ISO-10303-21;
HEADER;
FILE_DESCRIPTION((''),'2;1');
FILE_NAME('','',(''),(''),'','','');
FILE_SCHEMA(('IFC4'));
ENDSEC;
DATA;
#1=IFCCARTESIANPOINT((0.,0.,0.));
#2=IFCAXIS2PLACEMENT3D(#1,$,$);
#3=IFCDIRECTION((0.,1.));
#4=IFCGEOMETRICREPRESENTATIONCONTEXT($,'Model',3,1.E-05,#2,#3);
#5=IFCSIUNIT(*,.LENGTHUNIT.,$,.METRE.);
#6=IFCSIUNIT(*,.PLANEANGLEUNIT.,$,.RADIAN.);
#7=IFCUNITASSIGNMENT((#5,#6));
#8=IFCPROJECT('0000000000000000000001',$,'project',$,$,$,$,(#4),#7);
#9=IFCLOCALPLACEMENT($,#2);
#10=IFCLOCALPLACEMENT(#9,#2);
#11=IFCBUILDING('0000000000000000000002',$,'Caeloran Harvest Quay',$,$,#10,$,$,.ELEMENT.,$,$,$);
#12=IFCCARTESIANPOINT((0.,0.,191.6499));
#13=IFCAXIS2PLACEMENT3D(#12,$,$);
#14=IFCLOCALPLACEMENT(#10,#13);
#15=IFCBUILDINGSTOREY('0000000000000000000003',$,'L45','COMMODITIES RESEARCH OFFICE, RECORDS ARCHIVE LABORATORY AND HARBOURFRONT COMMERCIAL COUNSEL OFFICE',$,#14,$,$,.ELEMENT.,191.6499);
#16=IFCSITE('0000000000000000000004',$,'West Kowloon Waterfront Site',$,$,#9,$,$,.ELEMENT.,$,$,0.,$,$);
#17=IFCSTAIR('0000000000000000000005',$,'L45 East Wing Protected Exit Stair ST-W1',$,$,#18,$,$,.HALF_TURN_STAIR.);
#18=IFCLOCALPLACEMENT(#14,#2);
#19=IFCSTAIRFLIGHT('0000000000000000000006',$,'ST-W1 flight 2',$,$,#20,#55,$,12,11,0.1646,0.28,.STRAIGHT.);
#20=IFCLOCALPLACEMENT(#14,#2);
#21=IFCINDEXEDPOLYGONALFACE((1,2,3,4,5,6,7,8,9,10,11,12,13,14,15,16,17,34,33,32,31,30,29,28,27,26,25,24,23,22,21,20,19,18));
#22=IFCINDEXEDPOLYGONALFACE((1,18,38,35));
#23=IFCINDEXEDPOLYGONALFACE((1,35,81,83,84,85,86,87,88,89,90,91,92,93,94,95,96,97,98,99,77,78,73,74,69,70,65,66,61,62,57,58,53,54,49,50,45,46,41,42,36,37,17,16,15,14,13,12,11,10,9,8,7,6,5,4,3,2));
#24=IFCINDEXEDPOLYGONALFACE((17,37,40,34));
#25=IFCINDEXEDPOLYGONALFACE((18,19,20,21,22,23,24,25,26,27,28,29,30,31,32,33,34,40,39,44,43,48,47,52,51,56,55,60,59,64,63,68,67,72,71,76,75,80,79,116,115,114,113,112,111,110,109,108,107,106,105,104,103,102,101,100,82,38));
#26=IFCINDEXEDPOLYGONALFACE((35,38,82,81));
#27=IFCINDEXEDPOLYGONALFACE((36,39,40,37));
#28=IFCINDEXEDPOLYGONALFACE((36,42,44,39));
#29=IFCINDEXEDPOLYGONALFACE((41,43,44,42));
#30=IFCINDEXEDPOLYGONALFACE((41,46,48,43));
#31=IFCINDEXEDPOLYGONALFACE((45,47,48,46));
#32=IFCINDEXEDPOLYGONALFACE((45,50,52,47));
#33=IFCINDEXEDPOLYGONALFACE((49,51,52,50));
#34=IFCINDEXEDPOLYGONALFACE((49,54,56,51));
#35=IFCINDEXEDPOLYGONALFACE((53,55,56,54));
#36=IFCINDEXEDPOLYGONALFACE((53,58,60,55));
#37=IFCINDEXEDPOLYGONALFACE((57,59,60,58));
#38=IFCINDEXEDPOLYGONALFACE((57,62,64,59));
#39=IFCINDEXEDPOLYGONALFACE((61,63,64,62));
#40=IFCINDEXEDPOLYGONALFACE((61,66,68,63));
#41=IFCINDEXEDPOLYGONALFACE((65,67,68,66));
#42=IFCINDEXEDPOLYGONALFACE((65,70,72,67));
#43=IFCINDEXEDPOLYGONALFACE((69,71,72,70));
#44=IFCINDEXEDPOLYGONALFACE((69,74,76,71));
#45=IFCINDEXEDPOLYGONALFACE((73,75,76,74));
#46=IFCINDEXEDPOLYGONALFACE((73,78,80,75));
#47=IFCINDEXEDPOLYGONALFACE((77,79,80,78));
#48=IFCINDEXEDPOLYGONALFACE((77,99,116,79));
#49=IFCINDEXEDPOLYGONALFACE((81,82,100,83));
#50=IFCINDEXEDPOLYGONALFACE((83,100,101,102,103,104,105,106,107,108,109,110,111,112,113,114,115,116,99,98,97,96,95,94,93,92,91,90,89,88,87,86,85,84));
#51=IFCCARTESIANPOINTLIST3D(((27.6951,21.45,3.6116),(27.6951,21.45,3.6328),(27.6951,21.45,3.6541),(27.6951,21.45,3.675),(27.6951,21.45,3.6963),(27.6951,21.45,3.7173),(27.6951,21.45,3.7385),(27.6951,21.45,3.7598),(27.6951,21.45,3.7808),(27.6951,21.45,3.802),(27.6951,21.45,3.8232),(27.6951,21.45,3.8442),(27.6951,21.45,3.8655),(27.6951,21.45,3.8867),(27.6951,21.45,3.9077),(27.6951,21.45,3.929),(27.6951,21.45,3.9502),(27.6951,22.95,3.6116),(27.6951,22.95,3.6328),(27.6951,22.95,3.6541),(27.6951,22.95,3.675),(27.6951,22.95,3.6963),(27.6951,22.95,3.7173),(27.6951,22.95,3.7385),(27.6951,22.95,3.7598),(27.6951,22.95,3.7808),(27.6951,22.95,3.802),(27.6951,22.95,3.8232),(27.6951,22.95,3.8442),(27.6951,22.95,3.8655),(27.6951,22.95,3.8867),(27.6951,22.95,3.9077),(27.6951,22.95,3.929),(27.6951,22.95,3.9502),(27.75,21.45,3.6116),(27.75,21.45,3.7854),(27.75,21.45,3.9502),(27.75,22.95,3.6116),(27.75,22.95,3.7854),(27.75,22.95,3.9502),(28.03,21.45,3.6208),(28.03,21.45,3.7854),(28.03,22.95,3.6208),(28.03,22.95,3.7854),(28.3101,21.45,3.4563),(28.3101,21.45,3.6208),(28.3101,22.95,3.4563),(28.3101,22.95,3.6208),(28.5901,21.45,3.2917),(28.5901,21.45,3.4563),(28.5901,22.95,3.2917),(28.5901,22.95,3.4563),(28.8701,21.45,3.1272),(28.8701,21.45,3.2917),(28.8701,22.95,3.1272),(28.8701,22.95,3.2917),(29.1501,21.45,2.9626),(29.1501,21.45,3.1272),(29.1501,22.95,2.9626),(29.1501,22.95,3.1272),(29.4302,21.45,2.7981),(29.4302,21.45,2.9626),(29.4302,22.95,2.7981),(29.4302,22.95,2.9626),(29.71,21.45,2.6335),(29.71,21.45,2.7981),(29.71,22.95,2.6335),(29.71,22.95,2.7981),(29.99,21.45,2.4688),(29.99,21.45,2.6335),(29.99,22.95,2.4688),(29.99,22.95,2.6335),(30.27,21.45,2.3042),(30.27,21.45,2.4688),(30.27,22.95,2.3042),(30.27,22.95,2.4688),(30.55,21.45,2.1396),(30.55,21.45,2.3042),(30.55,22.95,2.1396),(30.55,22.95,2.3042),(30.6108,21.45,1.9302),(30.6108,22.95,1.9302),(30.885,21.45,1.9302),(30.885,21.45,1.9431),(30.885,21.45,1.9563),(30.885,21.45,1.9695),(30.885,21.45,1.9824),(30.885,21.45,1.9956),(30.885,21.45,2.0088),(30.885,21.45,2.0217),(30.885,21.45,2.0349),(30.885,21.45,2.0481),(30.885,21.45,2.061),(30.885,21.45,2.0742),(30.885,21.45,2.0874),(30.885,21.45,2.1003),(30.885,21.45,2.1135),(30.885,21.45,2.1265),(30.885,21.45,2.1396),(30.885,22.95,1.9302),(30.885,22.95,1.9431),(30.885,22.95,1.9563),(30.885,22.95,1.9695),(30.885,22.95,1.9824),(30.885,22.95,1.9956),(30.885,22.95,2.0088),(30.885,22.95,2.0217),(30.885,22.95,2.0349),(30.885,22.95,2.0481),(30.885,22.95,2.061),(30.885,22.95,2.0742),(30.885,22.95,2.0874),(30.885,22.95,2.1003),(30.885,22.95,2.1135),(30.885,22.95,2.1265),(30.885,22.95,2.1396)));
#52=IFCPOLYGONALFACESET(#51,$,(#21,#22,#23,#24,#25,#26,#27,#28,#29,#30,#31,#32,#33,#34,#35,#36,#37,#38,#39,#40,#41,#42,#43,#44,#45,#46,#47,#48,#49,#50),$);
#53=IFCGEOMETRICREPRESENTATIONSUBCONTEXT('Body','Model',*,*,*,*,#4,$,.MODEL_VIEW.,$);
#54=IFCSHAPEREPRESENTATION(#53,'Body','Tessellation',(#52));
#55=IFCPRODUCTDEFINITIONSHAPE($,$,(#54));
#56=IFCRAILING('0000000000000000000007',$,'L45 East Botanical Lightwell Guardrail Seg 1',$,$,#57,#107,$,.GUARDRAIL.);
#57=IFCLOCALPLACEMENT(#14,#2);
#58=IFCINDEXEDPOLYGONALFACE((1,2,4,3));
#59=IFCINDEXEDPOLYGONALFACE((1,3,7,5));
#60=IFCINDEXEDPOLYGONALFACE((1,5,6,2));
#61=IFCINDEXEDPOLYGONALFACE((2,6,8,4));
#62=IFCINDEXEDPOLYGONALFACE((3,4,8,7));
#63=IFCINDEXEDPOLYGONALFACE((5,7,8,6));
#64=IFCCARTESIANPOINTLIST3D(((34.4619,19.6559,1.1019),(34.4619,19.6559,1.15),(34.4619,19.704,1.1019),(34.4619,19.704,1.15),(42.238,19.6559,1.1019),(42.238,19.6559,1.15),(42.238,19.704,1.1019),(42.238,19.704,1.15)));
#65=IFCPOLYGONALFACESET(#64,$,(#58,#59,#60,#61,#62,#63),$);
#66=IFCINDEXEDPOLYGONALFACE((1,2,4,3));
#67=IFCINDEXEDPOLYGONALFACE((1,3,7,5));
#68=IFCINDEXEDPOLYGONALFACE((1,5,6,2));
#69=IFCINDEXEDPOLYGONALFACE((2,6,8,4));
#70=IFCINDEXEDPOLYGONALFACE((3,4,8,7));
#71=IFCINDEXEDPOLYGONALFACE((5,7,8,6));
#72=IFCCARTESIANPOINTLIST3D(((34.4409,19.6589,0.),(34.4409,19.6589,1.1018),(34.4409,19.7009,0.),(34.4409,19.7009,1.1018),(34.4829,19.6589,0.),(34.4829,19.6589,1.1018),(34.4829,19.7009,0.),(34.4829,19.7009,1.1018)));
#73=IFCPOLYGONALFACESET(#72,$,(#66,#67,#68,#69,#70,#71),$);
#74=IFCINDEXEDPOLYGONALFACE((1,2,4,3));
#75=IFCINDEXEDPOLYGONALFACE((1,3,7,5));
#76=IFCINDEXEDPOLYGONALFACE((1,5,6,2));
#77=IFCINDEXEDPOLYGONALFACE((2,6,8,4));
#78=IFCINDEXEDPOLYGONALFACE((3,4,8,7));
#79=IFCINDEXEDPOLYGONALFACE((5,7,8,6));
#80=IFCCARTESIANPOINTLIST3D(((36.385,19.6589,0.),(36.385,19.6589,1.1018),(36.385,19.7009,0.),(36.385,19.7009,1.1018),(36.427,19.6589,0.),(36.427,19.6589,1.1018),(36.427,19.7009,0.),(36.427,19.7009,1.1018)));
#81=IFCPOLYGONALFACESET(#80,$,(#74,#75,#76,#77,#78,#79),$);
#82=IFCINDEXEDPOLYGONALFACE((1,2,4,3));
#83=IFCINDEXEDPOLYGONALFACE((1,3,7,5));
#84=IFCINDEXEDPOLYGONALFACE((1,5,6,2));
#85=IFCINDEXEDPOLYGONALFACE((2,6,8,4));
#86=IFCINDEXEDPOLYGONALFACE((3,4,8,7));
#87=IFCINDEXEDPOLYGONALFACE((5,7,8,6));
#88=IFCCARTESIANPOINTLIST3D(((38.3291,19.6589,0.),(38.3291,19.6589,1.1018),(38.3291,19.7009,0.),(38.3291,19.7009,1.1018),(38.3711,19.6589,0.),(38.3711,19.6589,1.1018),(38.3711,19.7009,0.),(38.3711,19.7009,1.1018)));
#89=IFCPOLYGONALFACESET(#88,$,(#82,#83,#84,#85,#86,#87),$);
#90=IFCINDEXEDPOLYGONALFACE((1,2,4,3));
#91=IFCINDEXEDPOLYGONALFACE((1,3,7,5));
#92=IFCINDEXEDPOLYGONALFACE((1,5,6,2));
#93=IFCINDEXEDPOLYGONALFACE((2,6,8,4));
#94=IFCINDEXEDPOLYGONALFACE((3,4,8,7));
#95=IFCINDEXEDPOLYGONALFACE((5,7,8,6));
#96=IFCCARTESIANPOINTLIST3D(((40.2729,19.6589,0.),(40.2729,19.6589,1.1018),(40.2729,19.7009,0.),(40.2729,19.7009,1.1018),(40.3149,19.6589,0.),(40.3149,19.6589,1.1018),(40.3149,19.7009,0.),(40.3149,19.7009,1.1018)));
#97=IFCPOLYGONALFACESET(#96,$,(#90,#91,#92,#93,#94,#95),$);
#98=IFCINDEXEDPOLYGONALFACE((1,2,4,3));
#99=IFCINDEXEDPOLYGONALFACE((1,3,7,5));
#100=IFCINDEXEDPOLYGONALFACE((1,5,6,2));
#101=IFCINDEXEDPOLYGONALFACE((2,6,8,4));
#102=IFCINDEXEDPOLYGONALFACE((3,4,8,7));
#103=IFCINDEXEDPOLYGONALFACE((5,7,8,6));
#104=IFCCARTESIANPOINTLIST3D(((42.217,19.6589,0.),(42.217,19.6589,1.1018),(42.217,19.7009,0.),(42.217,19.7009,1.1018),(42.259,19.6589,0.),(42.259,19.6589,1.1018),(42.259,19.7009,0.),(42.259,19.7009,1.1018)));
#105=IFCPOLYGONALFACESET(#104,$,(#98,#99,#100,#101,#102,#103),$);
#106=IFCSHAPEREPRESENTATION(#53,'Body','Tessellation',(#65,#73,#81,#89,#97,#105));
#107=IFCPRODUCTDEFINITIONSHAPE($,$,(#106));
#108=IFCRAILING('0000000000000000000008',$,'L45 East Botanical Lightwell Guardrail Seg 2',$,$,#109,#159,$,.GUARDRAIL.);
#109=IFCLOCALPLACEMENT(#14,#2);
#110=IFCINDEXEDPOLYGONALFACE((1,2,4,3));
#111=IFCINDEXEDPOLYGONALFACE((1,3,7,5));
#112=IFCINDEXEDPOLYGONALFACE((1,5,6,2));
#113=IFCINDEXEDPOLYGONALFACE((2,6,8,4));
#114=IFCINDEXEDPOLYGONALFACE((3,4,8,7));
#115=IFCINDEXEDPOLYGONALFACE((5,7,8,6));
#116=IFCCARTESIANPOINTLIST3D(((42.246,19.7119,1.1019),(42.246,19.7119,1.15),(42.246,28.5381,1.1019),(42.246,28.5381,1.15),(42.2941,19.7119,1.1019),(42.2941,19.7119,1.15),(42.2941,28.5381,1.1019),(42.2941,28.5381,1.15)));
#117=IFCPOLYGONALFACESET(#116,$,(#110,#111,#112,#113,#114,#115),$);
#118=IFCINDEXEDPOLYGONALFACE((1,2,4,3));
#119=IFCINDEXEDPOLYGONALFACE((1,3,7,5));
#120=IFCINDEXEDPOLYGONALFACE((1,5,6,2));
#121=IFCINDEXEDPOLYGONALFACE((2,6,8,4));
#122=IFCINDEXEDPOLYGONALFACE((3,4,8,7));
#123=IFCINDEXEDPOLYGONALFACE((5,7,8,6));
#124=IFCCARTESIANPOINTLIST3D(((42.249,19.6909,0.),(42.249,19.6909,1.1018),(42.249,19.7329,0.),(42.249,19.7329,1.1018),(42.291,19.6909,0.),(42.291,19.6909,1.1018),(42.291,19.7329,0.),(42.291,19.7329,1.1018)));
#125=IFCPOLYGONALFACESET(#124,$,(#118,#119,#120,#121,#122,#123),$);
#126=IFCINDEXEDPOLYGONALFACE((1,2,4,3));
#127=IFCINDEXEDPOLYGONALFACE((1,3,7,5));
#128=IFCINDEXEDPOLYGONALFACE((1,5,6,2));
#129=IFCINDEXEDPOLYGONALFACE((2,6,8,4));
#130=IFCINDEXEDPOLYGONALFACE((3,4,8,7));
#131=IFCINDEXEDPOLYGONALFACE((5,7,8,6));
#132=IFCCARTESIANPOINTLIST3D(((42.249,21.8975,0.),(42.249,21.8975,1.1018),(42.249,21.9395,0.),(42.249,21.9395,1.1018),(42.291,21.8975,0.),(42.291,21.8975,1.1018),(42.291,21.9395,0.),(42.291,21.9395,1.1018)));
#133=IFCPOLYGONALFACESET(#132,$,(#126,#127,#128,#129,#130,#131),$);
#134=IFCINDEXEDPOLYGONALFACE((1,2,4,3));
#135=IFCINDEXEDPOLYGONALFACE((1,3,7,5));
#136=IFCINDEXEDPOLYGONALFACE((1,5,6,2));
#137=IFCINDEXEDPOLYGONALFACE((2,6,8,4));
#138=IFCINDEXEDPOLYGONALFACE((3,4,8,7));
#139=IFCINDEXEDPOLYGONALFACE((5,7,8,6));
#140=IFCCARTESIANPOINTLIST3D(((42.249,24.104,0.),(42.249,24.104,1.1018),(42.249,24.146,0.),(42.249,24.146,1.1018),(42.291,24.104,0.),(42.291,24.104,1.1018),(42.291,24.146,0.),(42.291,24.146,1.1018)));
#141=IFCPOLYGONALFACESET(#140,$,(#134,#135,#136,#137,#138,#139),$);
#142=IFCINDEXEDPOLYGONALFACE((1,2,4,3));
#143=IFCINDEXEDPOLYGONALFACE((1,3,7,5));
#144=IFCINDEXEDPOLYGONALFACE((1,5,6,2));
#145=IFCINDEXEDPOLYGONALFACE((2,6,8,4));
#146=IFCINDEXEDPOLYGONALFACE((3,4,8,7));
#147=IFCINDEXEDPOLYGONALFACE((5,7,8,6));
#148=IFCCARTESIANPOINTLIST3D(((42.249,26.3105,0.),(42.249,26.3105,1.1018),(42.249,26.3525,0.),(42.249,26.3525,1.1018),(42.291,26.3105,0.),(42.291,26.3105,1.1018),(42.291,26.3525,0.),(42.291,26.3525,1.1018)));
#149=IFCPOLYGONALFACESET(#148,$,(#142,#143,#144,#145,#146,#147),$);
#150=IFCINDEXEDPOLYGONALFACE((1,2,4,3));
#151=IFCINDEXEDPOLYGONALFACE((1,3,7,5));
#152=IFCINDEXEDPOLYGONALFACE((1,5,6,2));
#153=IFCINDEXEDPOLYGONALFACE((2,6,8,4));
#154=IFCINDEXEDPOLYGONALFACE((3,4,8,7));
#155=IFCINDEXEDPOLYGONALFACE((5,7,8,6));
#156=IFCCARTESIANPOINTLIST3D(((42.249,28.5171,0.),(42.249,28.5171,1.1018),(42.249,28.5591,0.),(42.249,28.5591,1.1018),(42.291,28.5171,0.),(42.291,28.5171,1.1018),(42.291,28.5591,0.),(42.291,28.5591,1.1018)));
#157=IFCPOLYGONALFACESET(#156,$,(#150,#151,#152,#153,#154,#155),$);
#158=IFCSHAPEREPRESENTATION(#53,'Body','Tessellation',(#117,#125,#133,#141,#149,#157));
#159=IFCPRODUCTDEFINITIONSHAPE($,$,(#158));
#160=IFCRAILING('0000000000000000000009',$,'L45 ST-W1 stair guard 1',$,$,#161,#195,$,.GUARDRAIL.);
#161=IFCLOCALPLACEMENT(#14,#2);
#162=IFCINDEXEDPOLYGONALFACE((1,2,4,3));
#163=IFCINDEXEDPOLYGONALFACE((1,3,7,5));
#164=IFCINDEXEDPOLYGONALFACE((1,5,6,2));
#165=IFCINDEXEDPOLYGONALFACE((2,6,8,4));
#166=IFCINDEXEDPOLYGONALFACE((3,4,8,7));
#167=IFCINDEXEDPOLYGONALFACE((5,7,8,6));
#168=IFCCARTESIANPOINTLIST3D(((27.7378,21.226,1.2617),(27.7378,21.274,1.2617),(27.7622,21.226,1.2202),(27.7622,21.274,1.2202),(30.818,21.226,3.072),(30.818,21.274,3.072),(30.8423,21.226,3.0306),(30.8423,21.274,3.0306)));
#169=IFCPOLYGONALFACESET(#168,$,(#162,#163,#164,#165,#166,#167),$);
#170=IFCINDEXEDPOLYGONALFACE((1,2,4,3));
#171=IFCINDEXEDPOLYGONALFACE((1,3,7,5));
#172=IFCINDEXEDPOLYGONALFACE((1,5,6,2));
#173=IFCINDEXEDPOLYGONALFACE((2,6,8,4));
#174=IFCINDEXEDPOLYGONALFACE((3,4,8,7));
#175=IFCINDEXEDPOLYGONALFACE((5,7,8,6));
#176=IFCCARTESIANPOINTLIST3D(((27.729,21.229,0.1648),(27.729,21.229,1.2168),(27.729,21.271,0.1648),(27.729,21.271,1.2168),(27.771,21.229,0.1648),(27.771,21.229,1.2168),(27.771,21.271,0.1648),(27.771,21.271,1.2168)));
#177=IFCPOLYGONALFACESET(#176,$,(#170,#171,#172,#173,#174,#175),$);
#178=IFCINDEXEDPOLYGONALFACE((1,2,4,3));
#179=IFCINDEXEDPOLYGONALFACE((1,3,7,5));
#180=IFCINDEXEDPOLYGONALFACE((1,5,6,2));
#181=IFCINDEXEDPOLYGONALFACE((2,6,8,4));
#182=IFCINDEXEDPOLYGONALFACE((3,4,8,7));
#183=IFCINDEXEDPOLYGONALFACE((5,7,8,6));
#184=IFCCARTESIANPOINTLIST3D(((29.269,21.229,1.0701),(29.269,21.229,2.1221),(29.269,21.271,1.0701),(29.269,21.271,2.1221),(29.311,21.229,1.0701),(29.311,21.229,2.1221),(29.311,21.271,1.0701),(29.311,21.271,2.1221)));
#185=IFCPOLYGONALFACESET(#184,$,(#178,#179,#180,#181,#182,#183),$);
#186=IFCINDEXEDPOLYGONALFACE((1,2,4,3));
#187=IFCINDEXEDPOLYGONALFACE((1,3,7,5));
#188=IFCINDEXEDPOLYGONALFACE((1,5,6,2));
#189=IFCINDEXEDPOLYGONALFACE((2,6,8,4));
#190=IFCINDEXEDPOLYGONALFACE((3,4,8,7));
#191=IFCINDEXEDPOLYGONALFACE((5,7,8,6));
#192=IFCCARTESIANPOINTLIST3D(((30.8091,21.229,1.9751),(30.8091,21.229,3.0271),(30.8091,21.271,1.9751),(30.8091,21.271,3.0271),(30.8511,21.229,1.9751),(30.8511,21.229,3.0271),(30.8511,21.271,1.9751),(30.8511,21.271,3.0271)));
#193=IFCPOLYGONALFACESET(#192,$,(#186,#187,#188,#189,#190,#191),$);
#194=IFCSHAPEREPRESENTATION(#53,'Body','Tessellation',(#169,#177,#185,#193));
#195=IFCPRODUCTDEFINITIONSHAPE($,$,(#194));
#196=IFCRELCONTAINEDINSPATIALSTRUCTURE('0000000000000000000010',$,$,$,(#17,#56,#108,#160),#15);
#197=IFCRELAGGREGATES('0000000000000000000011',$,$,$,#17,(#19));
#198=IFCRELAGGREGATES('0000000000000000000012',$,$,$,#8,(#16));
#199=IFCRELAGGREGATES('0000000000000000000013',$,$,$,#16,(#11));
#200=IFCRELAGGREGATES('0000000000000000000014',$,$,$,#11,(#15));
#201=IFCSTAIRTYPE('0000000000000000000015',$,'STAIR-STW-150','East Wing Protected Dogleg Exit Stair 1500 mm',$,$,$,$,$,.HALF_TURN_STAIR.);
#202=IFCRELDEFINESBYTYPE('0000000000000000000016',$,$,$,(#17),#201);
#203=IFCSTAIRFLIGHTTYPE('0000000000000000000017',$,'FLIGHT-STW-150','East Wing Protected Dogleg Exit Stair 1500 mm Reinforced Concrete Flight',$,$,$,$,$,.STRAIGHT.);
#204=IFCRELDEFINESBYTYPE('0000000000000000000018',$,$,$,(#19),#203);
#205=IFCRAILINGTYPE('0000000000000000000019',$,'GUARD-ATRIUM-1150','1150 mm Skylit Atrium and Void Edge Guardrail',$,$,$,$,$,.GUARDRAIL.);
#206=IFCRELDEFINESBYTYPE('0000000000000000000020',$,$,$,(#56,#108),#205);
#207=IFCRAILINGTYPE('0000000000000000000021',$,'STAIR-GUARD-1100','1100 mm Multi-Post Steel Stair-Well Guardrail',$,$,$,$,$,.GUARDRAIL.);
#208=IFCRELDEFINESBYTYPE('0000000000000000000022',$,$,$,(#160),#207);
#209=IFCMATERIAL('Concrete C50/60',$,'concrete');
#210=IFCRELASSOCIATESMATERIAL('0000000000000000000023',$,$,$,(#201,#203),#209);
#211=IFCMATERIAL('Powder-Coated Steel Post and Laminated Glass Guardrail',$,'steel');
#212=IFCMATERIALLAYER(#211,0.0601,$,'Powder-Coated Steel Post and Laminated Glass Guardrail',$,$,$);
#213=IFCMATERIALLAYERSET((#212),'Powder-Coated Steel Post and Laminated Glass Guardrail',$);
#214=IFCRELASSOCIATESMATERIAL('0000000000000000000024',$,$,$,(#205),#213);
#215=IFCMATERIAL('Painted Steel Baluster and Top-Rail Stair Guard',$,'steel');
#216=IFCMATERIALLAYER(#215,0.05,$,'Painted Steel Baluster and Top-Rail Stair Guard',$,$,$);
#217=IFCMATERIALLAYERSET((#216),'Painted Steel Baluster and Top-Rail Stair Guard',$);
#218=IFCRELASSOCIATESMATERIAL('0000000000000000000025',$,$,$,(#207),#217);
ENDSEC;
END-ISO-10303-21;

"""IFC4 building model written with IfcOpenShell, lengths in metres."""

from ifc_helpers import new_model, si_unit, direction, frame, origin, origin_2d, place, context, subcontext, project, spatial, polyline, rectangle, outline, extrude, material, layer, layer_set, type_object, element, aggregate, save


model = new_model("IFC4")

# Units and contexts
model_context = context("Model", 3, precision=1e-05, world=origin(), true_north=direction((0.0, 1.0)))
body_context = subcontext(model_context, "Body", "Model", "MODEL_VIEW")
ifc_project = project(units=[si_unit("LENGTHUNIT", "METRE"), si_unit("PLANEANGLEUNIT", "RADIAN")], contexts=[model_context])

# Site, building, storey
site_placement = place(None, origin())
site = spatial("IfcSite", under=ifc_project, at=site_placement, Name="West Kowloon Waterfront Site", CompositionType="ELEMENT", RefElevation=0.0)
building_placement = place(site_placement, origin())
building = spatial("IfcBuilding", under=site, at=building_placement, Name="Caeloran Harvest Quay", CompositionType="ELEMENT")
storey_placement = place(building_placement, frame((0.0, 0.0, 191.6499)))
storey = spatial("IfcBuildingStorey", under=building, at=storey_placement, Name="L45", Description="COMMODITIES RESEARCH OFFICE, RECORDS ARCHIVE LABORATORY AND HARBOURFRONT COMMERCIAL COUNSEL OFFICE", CompositionType="ELEMENT", Elevation=191.6499)

# Stair, stair flight
ifc_material_1 = material(Name="Concrete C50/60", Category="concrete")
stair_type = type_object("IfcStairType", Name="STAIR-STW-150", Description="East Wing Protected Dogleg Exit Stair 1500 mm", PredefinedType="HALF_TURN_STAIR", material=ifc_material_1)
stair_placement = place(storey_placement, origin())
stair = element("IfcStair", 1, at=stair_placement, inside=storey, type_object=stair_type, Name="L45 East Wing Protected Exit Stair ST-W1", PredefinedType="HALF_TURN_STAIR")
stair_flight_type = type_object("IfcStairFlightType", Name="FLIGHT-STW-150", Description="East Wing Protected Dogleg Exit Stair 1500 mm Reinforced Concrete Flight", PredefinedType="STRAIGHT", material=ifc_material_1)
stair_flight_1_placement = place(storey_placement, frame((30.8301, 22.2, 1.9751), z_axis=(0.0, 0.0, 1.0), x_axis=(-1.0, 0.0, 0.0)))
stair_flight_1 = element("IfcStairFlight", 2, at=stair_flight_1_placement, type_object=stair_flight_type, Name="ST-W1 flight 2", NumberOfRisers=12, NumberOfTreads=11, PredefinedType="STRAIGHT", RiserHeight=0.1646, TreadLength=0.28, context=body_context, shape_type="SweptSolid", body=[
    extrude(outline(polyline([(-0.0549, -0.0449), (-0.0549, -0.032), (-0.0549, -0.0188), (-0.0549, -0.0056), (-0.0549, 0.0073), (-0.0549, 0.0205), (-0.0549, 0.0337), (-0.0549, 0.0466), (-0.0549, 0.0598), (-0.0549, 0.073), (-0.0549, 0.0859), (-0.0549, 0.0991), (-0.0549, 0.1123), (-0.0549, 0.1252), (-0.0549, 0.1384), (-0.0549, 0.1514), (-0.0549, 0.1646), (0.28, 0.1646), (0.28, 0.3291), (0.5601, 0.3291), (0.5601, 0.4937), (0.8401, 0.4937), (0.8401, 0.6584), (1.1201, 0.6584), (1.1201, 0.823), (1.3999, 0.823), (1.3999, 0.9875), (1.6799, 0.9875), (1.6799, 1.1521), (1.96, 1.1521), (1.96, 1.3167), (2.24, 1.3167), (2.24, 1.4812), (2.52, 1.4812), (2.52, 1.6458), (2.8, 1.6458), (2.8, 1.8103), (3.0801, 1.8103), (3.0801, 1.9751), (3.135, 1.9751), (3.135, 1.9539), (3.135, 1.9326), (3.135, 1.9116), (3.135, 1.8904), (3.135, 1.8691), (3.135, 1.8481), (3.135, 1.8269), (3.135, 1.8057), (3.135, 1.7847), (3.135, 1.7634), (3.135, 1.7422), (3.135, 1.7212), (3.135, 1.7), (3.135, 1.679), (3.135, 1.6577), (3.135, 1.6365), (3.0801, 1.6365), (0.2192, -0.0449), (-0.0549, -0.0449)])), frame((0.0, 0.75, 0.0), z_axis=(0.0, -1.0, 0.0), x_axis=(1.0, 0.0, 0.0)), (0.0, 0.0, 1.0), 1.5),
])
aggregate(stair, [stair_flight_1])

# Railings
ifc_material_2 = material(Name="Powder-Coated Steel Post and Laminated Glass Guardrail", Category="steel")
ifc_layer_1 = layer(ifc_material_2, 0.0601, Name="Powder-Coated Steel Post and Laminated Glass Guardrail")
ifc_layer_set_1 = layer_set([ifc_layer_1], Name="Powder-Coated Steel Post and Laminated Glass Guardrail")
railing_type_1 = type_object("IfcRailingType", Name="GUARD-ATRIUM-1150", Description="1150 mm Skylit Atrium and Void Edge Guardrail", PredefinedType="GUARDRAIL", material=ifc_layer_set_1)
railing_1_placement = place(storey_placement, frame((34.4619, 19.6799, 0.0)))
element("IfcRailing", 3, at=railing_1_placement, inside=storey, type_object=railing_type_1, Name="L45 East Botanical Lightwell Guardrail Seg 1", PredefinedType="GUARDRAIL", context=body_context, shape_type="SweptSolid", body=[
    extrude(rectangle(XDim=0.0481, YDim=0.0481, at=origin_2d()), frame((0.0, 0.0, 1.126), z_axis=(1.0, 0.0, 0.0), x_axis=(0.0, 1.0, 0.0)), (0.0, 0.0, 1.0), 7.7761),
    extrude(rectangle(XDim=0.042, YDim=0.042, at=origin_2d()), origin(), (0.0, 0.0, 1.0), 1.1018),
    extrude(rectangle(XDim=0.042, YDim=0.042, at=origin_2d()), frame((1.9441, 0.0, 0.0)), (0.0, 0.0, 1.0), 1.1018),
    extrude(rectangle(XDim=0.042, YDim=0.042, at=origin_2d()), frame((3.8882, 0.0, 0.0)), (0.0, 0.0, 1.0), 1.1018),
    extrude(rectangle(XDim=0.042, YDim=0.042, at=origin_2d()), frame((5.832, 0.0, 0.0)), (0.0, 0.0, 1.0), 1.1018),
    extrude(rectangle(XDim=0.042, YDim=0.042, at=origin_2d()), frame((7.7761, 0.0, 0.0)), (0.0, 0.0, 1.0), 1.1018),
])
railing_2_placement = place(storey_placement, frame((42.27, 19.7119, 0.0)))
element("IfcRailing", 4, at=railing_2_placement, inside=storey, type_object=railing_type_1, Name="L45 East Botanical Lightwell Guardrail Seg 2", PredefinedType="GUARDRAIL", context=body_context, shape_type="SweptSolid", body=[
    extrude(rectangle(XDim=0.0481, YDim=0.0481, at=origin_2d()), frame((0.0, 0.0, 1.126), z_axis=(0.0, 1.0, 0.0), x_axis=(-1.0, 0.0, 0.0)), (0.0, 0.0, 1.0), 8.8262),
    extrude(rectangle(XDim=0.042, YDim=0.042, at=origin_2d()), origin(), (0.0, 0.0, 1.0), 1.1018),
    extrude(rectangle(XDim=0.042, YDim=0.042, at=origin_2d()), frame((0.0, 2.2065, 0.0)), (0.0, 0.0, 1.0), 1.1018),
    extrude(rectangle(XDim=0.042, YDim=0.042, at=origin_2d()), frame((0.0, 4.4131, 0.0)), (0.0, 0.0, 1.0), 1.1018),
    extrude(rectangle(XDim=0.042, YDim=0.042, at=origin_2d()), frame((0.0, 6.6196, 0.0)), (0.0, 0.0, 1.0), 1.1018),
    extrude(rectangle(XDim=0.042, YDim=0.042, at=origin_2d()), frame((0.0, 8.8262, 0.0)), (0.0, 0.0, 1.0), 1.1018),
])
ifc_material_3 = material(Name="Painted Steel Baluster and Top-Rail Stair Guard", Category="steel")
ifc_layer_2 = layer(ifc_material_3, 0.05, Name="Painted Steel Baluster and Top-Rail Stair Guard")
ifc_layer_set_2 = layer_set([ifc_layer_2], Name="Painted Steel Baluster and Top-Rail Stair Guard")
railing_type_2 = type_object("IfcRailingType", Name="STAIR-GUARD-1100", Description="1100 mm Multi-Post Steel Stair-Well Guardrail", PredefinedType="GUARDRAIL", material=ifc_layer_set_2)
railing_3_placement = place(storey_placement, frame((27.75, 21.25, 0.1648)))
element("IfcRailing", 5, at=railing_3_placement, inside=storey, type_object=railing_type_2, Name="L45 ST-W1 stair guard 1", PredefinedType="GUARDRAIL", context=body_context, shape_type="SweptSolid", body=[
    extrude(rectangle(XDim=0.0481, YDim=0.0481, at=origin_2d()), frame((0.0, 0.0, 1.0762), z_axis=(0.862119, 0.0, 0.506707), x_axis=(0.0, 1.0, 0.0)), (0.0, 0.0, 1.0), 3.5728),
    extrude(rectangle(XDim=0.042, YDim=0.042, at=origin_2d()), origin(), (0.0, 0.0, 1.0), 1.052),
    extrude(rectangle(XDim=0.042, YDim=0.042, at=origin_2d()), frame((1.54, 0.0, 0.9053)), (0.0, 0.0, 1.0), 1.052),
    extrude(rectangle(XDim=0.042, YDim=0.042, at=origin_2d()), frame((3.0801, 0.0, 1.8103)), (0.0, 0.0, 1.0), 1.052),
])

save(model, "model.ifc")
